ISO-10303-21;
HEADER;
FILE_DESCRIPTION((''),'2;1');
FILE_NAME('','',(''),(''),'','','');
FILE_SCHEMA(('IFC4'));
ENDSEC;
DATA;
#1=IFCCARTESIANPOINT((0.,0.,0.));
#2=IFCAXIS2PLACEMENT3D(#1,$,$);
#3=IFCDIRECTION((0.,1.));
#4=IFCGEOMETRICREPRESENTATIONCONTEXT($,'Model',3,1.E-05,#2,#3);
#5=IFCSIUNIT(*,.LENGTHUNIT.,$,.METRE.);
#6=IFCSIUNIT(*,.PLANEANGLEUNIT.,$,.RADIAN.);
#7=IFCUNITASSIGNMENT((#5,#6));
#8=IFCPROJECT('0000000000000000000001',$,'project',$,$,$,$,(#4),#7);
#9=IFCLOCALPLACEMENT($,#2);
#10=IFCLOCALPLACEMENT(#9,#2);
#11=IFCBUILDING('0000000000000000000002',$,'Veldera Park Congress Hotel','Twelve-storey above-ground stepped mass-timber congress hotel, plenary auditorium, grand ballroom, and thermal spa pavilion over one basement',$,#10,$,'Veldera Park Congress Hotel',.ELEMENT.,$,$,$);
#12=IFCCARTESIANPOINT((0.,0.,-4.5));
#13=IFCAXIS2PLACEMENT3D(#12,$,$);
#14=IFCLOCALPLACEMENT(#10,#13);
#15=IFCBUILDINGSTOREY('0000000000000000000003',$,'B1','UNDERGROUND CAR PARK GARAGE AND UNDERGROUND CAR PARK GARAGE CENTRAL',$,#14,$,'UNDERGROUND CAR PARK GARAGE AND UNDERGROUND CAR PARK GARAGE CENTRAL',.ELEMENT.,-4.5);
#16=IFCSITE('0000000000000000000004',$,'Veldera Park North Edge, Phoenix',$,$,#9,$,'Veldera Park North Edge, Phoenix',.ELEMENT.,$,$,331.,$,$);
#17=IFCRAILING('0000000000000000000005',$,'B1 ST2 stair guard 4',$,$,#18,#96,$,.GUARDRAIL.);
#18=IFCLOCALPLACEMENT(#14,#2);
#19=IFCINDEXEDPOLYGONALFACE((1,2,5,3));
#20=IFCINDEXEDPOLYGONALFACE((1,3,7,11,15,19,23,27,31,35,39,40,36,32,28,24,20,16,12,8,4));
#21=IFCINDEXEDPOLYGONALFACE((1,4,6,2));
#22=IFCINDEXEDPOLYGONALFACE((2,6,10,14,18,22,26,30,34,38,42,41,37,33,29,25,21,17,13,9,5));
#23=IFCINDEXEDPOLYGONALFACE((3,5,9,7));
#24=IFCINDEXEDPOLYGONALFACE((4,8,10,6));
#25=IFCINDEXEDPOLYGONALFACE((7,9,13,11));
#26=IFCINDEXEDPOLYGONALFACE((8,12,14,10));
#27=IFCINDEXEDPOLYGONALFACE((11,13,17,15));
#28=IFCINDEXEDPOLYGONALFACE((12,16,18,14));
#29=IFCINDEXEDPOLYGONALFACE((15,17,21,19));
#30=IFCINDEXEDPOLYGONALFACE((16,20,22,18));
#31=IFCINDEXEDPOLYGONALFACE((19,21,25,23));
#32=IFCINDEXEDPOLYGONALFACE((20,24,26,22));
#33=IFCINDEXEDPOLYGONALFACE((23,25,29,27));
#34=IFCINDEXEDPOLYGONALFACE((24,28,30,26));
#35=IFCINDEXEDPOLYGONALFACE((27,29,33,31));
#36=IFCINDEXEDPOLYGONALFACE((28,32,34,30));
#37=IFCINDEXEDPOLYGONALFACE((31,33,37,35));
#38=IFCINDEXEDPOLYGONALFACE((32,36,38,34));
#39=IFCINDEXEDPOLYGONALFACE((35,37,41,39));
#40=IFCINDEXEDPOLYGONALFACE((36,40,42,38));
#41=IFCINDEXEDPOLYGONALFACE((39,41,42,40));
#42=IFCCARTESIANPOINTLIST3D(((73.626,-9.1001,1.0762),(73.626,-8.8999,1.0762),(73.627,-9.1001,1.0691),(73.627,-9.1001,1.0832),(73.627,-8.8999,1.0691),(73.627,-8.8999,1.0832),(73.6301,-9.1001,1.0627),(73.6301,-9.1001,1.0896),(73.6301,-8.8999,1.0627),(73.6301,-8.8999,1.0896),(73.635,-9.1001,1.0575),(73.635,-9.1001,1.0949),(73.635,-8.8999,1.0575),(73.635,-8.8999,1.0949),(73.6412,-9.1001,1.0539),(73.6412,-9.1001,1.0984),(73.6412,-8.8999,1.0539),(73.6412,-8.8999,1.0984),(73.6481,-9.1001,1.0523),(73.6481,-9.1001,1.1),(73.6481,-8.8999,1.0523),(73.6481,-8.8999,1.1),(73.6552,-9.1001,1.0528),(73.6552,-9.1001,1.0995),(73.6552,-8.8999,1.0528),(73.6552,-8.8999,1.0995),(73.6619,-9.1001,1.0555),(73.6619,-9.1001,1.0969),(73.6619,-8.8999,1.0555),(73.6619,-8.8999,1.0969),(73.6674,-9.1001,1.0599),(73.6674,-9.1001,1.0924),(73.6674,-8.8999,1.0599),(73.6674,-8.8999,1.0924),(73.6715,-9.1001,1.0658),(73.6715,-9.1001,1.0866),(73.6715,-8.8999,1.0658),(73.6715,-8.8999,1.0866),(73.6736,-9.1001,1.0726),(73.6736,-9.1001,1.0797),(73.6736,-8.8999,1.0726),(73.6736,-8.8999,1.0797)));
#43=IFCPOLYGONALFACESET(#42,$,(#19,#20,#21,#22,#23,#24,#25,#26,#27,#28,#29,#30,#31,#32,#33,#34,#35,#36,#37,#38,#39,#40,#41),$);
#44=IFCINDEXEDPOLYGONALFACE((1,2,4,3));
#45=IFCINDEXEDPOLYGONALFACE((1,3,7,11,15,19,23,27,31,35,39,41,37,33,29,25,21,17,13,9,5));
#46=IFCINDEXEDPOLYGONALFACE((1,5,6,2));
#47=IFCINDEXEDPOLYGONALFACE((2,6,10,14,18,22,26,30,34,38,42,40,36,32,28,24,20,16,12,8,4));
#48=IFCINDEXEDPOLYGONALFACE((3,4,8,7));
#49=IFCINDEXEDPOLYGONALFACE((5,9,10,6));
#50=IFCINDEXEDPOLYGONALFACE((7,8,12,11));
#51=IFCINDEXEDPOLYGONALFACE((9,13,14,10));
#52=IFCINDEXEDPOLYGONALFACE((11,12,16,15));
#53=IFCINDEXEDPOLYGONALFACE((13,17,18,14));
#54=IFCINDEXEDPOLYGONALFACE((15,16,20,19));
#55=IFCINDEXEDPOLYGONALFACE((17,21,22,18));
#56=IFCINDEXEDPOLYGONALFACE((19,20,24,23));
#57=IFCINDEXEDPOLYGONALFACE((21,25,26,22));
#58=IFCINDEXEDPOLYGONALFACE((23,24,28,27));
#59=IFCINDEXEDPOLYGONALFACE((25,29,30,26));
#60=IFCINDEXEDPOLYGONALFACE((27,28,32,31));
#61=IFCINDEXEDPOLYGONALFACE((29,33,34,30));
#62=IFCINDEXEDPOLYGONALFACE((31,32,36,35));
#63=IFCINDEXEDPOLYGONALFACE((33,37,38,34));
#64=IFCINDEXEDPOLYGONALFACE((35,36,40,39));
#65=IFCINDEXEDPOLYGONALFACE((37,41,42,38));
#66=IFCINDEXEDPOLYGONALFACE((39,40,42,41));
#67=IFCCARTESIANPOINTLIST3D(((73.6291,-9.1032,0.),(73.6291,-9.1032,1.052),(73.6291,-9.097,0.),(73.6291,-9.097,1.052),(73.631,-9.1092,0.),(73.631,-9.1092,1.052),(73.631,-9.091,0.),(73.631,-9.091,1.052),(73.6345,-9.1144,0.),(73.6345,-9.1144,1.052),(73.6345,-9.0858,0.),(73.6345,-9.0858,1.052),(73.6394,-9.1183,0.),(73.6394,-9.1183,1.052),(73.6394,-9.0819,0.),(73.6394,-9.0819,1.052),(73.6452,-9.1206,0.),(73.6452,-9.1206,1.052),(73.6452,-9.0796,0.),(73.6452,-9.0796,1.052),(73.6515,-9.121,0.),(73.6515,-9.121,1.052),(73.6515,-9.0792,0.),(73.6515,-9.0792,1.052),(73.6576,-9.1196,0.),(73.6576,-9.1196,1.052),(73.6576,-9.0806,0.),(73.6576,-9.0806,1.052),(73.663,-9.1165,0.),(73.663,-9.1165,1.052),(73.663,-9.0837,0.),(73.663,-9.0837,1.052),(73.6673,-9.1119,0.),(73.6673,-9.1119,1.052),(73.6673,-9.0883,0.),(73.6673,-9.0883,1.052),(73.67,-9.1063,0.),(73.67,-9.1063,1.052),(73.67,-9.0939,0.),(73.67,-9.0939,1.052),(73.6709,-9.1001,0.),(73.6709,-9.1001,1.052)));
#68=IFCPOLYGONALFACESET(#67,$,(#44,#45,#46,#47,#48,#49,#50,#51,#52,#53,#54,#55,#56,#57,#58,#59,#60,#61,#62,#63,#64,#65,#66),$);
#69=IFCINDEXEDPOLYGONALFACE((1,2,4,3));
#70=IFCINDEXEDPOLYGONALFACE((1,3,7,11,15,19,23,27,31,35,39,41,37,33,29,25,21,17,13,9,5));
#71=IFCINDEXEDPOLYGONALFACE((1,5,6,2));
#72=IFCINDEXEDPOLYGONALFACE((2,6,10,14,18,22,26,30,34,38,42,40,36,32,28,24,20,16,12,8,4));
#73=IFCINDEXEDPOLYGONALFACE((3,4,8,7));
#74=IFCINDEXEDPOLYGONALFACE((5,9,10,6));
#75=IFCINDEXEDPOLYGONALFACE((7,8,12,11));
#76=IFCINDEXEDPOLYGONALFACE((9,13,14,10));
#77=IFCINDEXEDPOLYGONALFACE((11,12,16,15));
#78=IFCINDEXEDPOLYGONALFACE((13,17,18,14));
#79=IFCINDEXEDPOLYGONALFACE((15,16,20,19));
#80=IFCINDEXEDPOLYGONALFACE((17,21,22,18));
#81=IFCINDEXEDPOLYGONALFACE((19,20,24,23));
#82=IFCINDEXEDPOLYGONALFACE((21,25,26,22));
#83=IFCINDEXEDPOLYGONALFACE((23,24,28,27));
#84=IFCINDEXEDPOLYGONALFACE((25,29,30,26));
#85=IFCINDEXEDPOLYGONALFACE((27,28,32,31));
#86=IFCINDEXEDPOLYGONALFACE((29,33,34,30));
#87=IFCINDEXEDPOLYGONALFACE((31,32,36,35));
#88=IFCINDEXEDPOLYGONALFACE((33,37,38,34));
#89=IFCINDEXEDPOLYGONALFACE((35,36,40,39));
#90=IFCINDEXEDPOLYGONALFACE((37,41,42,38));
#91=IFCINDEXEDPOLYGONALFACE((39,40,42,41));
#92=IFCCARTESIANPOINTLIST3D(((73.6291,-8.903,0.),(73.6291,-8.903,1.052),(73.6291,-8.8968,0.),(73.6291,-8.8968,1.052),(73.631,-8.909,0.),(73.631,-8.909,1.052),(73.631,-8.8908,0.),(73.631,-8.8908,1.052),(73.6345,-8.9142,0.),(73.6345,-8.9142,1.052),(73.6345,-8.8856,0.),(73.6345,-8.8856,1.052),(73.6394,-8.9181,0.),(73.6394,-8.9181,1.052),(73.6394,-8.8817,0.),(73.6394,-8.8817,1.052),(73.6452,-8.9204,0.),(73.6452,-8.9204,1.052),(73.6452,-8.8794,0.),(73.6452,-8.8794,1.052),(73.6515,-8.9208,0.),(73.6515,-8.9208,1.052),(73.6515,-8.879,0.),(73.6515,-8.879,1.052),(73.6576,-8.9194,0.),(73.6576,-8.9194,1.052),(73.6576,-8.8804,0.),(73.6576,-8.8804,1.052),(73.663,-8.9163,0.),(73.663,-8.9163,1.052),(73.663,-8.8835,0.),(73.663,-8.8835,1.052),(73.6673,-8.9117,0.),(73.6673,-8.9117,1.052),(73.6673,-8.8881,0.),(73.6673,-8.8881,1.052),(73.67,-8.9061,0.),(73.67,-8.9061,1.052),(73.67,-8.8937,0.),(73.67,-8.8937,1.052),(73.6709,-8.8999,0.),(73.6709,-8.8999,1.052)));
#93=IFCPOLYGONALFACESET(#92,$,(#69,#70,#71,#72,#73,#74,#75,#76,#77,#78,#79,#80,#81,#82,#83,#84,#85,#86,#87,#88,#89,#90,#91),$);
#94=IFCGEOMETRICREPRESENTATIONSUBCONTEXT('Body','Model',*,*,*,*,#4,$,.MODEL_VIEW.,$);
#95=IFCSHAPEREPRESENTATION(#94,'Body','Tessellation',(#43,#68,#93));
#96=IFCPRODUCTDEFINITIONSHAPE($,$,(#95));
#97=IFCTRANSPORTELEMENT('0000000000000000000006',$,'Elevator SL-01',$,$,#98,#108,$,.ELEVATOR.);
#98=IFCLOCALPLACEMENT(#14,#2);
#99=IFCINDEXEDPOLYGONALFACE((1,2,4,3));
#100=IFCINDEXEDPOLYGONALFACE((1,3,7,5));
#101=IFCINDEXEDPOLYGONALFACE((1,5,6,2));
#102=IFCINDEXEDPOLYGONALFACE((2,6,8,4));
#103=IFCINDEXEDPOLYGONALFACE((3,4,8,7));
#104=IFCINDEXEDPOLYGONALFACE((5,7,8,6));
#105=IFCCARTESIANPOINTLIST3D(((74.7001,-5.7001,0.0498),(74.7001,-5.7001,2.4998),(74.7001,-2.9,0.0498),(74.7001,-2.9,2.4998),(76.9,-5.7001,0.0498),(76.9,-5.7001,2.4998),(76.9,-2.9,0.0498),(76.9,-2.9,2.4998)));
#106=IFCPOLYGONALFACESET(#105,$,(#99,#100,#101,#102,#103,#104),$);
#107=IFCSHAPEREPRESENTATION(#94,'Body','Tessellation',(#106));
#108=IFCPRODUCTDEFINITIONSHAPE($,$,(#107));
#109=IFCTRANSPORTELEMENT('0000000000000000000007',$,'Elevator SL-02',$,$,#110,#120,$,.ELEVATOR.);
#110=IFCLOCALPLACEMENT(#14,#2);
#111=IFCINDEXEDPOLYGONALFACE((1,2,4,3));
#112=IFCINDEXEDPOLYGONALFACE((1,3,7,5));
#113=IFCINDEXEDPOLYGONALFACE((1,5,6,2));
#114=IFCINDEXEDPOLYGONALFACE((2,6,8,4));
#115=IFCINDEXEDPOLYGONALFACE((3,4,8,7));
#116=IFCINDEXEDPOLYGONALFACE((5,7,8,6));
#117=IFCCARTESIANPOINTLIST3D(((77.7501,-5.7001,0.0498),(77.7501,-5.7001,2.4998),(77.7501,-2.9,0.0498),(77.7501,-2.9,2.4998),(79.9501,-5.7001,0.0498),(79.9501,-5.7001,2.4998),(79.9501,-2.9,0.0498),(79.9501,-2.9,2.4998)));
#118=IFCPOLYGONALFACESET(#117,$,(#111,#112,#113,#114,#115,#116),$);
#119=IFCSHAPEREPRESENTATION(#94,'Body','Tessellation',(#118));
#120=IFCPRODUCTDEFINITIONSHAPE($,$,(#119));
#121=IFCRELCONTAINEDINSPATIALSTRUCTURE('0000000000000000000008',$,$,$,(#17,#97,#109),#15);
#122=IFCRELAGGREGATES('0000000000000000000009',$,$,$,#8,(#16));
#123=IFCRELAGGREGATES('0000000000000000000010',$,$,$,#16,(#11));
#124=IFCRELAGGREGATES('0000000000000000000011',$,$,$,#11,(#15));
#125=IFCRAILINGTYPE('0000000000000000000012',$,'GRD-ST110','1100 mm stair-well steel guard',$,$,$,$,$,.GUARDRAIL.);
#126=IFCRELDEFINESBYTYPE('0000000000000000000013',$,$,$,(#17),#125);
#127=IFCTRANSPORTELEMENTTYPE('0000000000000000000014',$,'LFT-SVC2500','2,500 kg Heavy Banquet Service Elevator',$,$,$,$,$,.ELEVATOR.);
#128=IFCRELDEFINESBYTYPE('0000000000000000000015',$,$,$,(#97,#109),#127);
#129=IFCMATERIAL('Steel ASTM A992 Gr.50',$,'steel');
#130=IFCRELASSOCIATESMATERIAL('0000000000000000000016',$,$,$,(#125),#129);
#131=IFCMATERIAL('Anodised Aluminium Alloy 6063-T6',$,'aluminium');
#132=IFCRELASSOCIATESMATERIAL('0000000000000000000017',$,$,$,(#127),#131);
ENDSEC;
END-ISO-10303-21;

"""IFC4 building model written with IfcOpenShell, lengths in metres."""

from ifc_helpers import new_model, si_unit, direction, frame, origin, origin_2d, place, context, subcontext, project, spatial, rectangle, circle, extrude, material, type_object, element, save


model = new_model("IFC4")

# Units and contexts
model_context = context("Model", 3, precision=1e-05, world=origin(), true_north=direction((0.0, 1.0)))
body_context = subcontext(model_context, "Body", "Model", "MODEL_VIEW")
ifc_project = project(units=[si_unit("LENGTHUNIT", "METRE"), si_unit("PLANEANGLEUNIT", "RADIAN")], contexts=[model_context])

# Site, building, storey
site_placement = place(None, origin())
site = spatial("IfcSite", under=ifc_project, at=site_placement, Name="Veldera Park North Edge, Phoenix", LongName="Veldera Park North Edge, Phoenix", CompositionType="ELEMENT", RefElevation=331.0)
building_placement = place(site_placement, origin())
building = spatial("IfcBuilding", under=site, at=building_placement, Name="Veldera Park Congress Hotel", Description="Twelve-storey above-ground stepped mass-timber congress hotel, plenary auditorium, grand ballroom, and thermal spa pavilion over one basement", LongName="Veldera Park Congress Hotel", CompositionType="ELEMENT")
storey_placement = place(building_placement, frame((0.0, 0.0, -4.5)))
storey = spatial("IfcBuildingStorey", under=building, at=storey_placement, Name="B1", Description="UNDERGROUND CAR PARK GARAGE AND UNDERGROUND CAR PARK GARAGE CENTRAL", LongName="UNDERGROUND CAR PARK GARAGE AND UNDERGROUND CAR PARK GARAGE CENTRAL", CompositionType="ELEMENT", Elevation=-4.5)

# Railing
ifc_material_1 = material(Name="Steel ASTM A992 Gr.50", Category="steel")
railing_type = type_object("IfcRailingType", Name="GRD-ST110", Description="1100 mm stair-well steel guard", PredefinedType="GUARDRAIL", material=ifc_material_1)
railing_1_placement = place(storey_placement, frame((73.6499, -9.1001, 0.0)))
element("IfcRailing", 1, at=railing_1_placement, inside=storey, type_object=railing_type, Name="B1 ST2 stair guard 4", PredefinedType="GUARDRAIL", context=body_context, shape_type="SweptSolid", body=[
    extrude(circle(Radius=0.0239, at=origin_2d()), frame((0.0, 0.0, 1.0762), z_axis=(0.0, 1.0, 0.0), x_axis=(-1.0, 0.0, 0.0)), (0.0, 0.0, 1.0), 0.2002),
    extrude(circle(Radius=0.021, at=origin_2d()), origin(), (0.0, 0.0, 1.0), 1.052),
    extrude(circle(Radius=0.021, at=origin_2d()), frame((0.0, 0.2002, 0.0)), (0.0, 0.0, 1.0), 1.052),
])

# Transport elements
ifc_material_2 = material(Name="Anodised Aluminium Alloy 6063-T6", Category="aluminium")
transport_element_type = type_object("IfcTransportElementType", Name="LFT-SVC2500", Description="2,500 kg Heavy Banquet Service Elevator", PredefinedType="ELEVATOR", material=ifc_material_2)
for number, where, z_axis, x_axis, name in (
    (2, (75.8, -4.3, 0.0498), (0.0, 0.0, 1.0), (1.0, 0.0, 0.0), "Elevator SL-01"),
    (3, (78.8501, -4.3, 0.0498), (0.0, 0.0, 1.0), (1.0, 0.0, 0.0), "Elevator SL-02"),
):
    element("IfcTransportElement", number, at=place(storey_placement, frame(where, z_axis=z_axis, x_axis=x_axis)), inside=storey, type_object=transport_element_type, Name=name, PredefinedType="ELEVATOR", context=body_context, shape_type="SweptSolid", body=[
        extrude(rectangle(XDim=2.2, YDim=2.8, at=origin_2d()), origin(), (0.0, 0.0, 1.0), 2.45),
    ])

save(model, "model.ifc")
